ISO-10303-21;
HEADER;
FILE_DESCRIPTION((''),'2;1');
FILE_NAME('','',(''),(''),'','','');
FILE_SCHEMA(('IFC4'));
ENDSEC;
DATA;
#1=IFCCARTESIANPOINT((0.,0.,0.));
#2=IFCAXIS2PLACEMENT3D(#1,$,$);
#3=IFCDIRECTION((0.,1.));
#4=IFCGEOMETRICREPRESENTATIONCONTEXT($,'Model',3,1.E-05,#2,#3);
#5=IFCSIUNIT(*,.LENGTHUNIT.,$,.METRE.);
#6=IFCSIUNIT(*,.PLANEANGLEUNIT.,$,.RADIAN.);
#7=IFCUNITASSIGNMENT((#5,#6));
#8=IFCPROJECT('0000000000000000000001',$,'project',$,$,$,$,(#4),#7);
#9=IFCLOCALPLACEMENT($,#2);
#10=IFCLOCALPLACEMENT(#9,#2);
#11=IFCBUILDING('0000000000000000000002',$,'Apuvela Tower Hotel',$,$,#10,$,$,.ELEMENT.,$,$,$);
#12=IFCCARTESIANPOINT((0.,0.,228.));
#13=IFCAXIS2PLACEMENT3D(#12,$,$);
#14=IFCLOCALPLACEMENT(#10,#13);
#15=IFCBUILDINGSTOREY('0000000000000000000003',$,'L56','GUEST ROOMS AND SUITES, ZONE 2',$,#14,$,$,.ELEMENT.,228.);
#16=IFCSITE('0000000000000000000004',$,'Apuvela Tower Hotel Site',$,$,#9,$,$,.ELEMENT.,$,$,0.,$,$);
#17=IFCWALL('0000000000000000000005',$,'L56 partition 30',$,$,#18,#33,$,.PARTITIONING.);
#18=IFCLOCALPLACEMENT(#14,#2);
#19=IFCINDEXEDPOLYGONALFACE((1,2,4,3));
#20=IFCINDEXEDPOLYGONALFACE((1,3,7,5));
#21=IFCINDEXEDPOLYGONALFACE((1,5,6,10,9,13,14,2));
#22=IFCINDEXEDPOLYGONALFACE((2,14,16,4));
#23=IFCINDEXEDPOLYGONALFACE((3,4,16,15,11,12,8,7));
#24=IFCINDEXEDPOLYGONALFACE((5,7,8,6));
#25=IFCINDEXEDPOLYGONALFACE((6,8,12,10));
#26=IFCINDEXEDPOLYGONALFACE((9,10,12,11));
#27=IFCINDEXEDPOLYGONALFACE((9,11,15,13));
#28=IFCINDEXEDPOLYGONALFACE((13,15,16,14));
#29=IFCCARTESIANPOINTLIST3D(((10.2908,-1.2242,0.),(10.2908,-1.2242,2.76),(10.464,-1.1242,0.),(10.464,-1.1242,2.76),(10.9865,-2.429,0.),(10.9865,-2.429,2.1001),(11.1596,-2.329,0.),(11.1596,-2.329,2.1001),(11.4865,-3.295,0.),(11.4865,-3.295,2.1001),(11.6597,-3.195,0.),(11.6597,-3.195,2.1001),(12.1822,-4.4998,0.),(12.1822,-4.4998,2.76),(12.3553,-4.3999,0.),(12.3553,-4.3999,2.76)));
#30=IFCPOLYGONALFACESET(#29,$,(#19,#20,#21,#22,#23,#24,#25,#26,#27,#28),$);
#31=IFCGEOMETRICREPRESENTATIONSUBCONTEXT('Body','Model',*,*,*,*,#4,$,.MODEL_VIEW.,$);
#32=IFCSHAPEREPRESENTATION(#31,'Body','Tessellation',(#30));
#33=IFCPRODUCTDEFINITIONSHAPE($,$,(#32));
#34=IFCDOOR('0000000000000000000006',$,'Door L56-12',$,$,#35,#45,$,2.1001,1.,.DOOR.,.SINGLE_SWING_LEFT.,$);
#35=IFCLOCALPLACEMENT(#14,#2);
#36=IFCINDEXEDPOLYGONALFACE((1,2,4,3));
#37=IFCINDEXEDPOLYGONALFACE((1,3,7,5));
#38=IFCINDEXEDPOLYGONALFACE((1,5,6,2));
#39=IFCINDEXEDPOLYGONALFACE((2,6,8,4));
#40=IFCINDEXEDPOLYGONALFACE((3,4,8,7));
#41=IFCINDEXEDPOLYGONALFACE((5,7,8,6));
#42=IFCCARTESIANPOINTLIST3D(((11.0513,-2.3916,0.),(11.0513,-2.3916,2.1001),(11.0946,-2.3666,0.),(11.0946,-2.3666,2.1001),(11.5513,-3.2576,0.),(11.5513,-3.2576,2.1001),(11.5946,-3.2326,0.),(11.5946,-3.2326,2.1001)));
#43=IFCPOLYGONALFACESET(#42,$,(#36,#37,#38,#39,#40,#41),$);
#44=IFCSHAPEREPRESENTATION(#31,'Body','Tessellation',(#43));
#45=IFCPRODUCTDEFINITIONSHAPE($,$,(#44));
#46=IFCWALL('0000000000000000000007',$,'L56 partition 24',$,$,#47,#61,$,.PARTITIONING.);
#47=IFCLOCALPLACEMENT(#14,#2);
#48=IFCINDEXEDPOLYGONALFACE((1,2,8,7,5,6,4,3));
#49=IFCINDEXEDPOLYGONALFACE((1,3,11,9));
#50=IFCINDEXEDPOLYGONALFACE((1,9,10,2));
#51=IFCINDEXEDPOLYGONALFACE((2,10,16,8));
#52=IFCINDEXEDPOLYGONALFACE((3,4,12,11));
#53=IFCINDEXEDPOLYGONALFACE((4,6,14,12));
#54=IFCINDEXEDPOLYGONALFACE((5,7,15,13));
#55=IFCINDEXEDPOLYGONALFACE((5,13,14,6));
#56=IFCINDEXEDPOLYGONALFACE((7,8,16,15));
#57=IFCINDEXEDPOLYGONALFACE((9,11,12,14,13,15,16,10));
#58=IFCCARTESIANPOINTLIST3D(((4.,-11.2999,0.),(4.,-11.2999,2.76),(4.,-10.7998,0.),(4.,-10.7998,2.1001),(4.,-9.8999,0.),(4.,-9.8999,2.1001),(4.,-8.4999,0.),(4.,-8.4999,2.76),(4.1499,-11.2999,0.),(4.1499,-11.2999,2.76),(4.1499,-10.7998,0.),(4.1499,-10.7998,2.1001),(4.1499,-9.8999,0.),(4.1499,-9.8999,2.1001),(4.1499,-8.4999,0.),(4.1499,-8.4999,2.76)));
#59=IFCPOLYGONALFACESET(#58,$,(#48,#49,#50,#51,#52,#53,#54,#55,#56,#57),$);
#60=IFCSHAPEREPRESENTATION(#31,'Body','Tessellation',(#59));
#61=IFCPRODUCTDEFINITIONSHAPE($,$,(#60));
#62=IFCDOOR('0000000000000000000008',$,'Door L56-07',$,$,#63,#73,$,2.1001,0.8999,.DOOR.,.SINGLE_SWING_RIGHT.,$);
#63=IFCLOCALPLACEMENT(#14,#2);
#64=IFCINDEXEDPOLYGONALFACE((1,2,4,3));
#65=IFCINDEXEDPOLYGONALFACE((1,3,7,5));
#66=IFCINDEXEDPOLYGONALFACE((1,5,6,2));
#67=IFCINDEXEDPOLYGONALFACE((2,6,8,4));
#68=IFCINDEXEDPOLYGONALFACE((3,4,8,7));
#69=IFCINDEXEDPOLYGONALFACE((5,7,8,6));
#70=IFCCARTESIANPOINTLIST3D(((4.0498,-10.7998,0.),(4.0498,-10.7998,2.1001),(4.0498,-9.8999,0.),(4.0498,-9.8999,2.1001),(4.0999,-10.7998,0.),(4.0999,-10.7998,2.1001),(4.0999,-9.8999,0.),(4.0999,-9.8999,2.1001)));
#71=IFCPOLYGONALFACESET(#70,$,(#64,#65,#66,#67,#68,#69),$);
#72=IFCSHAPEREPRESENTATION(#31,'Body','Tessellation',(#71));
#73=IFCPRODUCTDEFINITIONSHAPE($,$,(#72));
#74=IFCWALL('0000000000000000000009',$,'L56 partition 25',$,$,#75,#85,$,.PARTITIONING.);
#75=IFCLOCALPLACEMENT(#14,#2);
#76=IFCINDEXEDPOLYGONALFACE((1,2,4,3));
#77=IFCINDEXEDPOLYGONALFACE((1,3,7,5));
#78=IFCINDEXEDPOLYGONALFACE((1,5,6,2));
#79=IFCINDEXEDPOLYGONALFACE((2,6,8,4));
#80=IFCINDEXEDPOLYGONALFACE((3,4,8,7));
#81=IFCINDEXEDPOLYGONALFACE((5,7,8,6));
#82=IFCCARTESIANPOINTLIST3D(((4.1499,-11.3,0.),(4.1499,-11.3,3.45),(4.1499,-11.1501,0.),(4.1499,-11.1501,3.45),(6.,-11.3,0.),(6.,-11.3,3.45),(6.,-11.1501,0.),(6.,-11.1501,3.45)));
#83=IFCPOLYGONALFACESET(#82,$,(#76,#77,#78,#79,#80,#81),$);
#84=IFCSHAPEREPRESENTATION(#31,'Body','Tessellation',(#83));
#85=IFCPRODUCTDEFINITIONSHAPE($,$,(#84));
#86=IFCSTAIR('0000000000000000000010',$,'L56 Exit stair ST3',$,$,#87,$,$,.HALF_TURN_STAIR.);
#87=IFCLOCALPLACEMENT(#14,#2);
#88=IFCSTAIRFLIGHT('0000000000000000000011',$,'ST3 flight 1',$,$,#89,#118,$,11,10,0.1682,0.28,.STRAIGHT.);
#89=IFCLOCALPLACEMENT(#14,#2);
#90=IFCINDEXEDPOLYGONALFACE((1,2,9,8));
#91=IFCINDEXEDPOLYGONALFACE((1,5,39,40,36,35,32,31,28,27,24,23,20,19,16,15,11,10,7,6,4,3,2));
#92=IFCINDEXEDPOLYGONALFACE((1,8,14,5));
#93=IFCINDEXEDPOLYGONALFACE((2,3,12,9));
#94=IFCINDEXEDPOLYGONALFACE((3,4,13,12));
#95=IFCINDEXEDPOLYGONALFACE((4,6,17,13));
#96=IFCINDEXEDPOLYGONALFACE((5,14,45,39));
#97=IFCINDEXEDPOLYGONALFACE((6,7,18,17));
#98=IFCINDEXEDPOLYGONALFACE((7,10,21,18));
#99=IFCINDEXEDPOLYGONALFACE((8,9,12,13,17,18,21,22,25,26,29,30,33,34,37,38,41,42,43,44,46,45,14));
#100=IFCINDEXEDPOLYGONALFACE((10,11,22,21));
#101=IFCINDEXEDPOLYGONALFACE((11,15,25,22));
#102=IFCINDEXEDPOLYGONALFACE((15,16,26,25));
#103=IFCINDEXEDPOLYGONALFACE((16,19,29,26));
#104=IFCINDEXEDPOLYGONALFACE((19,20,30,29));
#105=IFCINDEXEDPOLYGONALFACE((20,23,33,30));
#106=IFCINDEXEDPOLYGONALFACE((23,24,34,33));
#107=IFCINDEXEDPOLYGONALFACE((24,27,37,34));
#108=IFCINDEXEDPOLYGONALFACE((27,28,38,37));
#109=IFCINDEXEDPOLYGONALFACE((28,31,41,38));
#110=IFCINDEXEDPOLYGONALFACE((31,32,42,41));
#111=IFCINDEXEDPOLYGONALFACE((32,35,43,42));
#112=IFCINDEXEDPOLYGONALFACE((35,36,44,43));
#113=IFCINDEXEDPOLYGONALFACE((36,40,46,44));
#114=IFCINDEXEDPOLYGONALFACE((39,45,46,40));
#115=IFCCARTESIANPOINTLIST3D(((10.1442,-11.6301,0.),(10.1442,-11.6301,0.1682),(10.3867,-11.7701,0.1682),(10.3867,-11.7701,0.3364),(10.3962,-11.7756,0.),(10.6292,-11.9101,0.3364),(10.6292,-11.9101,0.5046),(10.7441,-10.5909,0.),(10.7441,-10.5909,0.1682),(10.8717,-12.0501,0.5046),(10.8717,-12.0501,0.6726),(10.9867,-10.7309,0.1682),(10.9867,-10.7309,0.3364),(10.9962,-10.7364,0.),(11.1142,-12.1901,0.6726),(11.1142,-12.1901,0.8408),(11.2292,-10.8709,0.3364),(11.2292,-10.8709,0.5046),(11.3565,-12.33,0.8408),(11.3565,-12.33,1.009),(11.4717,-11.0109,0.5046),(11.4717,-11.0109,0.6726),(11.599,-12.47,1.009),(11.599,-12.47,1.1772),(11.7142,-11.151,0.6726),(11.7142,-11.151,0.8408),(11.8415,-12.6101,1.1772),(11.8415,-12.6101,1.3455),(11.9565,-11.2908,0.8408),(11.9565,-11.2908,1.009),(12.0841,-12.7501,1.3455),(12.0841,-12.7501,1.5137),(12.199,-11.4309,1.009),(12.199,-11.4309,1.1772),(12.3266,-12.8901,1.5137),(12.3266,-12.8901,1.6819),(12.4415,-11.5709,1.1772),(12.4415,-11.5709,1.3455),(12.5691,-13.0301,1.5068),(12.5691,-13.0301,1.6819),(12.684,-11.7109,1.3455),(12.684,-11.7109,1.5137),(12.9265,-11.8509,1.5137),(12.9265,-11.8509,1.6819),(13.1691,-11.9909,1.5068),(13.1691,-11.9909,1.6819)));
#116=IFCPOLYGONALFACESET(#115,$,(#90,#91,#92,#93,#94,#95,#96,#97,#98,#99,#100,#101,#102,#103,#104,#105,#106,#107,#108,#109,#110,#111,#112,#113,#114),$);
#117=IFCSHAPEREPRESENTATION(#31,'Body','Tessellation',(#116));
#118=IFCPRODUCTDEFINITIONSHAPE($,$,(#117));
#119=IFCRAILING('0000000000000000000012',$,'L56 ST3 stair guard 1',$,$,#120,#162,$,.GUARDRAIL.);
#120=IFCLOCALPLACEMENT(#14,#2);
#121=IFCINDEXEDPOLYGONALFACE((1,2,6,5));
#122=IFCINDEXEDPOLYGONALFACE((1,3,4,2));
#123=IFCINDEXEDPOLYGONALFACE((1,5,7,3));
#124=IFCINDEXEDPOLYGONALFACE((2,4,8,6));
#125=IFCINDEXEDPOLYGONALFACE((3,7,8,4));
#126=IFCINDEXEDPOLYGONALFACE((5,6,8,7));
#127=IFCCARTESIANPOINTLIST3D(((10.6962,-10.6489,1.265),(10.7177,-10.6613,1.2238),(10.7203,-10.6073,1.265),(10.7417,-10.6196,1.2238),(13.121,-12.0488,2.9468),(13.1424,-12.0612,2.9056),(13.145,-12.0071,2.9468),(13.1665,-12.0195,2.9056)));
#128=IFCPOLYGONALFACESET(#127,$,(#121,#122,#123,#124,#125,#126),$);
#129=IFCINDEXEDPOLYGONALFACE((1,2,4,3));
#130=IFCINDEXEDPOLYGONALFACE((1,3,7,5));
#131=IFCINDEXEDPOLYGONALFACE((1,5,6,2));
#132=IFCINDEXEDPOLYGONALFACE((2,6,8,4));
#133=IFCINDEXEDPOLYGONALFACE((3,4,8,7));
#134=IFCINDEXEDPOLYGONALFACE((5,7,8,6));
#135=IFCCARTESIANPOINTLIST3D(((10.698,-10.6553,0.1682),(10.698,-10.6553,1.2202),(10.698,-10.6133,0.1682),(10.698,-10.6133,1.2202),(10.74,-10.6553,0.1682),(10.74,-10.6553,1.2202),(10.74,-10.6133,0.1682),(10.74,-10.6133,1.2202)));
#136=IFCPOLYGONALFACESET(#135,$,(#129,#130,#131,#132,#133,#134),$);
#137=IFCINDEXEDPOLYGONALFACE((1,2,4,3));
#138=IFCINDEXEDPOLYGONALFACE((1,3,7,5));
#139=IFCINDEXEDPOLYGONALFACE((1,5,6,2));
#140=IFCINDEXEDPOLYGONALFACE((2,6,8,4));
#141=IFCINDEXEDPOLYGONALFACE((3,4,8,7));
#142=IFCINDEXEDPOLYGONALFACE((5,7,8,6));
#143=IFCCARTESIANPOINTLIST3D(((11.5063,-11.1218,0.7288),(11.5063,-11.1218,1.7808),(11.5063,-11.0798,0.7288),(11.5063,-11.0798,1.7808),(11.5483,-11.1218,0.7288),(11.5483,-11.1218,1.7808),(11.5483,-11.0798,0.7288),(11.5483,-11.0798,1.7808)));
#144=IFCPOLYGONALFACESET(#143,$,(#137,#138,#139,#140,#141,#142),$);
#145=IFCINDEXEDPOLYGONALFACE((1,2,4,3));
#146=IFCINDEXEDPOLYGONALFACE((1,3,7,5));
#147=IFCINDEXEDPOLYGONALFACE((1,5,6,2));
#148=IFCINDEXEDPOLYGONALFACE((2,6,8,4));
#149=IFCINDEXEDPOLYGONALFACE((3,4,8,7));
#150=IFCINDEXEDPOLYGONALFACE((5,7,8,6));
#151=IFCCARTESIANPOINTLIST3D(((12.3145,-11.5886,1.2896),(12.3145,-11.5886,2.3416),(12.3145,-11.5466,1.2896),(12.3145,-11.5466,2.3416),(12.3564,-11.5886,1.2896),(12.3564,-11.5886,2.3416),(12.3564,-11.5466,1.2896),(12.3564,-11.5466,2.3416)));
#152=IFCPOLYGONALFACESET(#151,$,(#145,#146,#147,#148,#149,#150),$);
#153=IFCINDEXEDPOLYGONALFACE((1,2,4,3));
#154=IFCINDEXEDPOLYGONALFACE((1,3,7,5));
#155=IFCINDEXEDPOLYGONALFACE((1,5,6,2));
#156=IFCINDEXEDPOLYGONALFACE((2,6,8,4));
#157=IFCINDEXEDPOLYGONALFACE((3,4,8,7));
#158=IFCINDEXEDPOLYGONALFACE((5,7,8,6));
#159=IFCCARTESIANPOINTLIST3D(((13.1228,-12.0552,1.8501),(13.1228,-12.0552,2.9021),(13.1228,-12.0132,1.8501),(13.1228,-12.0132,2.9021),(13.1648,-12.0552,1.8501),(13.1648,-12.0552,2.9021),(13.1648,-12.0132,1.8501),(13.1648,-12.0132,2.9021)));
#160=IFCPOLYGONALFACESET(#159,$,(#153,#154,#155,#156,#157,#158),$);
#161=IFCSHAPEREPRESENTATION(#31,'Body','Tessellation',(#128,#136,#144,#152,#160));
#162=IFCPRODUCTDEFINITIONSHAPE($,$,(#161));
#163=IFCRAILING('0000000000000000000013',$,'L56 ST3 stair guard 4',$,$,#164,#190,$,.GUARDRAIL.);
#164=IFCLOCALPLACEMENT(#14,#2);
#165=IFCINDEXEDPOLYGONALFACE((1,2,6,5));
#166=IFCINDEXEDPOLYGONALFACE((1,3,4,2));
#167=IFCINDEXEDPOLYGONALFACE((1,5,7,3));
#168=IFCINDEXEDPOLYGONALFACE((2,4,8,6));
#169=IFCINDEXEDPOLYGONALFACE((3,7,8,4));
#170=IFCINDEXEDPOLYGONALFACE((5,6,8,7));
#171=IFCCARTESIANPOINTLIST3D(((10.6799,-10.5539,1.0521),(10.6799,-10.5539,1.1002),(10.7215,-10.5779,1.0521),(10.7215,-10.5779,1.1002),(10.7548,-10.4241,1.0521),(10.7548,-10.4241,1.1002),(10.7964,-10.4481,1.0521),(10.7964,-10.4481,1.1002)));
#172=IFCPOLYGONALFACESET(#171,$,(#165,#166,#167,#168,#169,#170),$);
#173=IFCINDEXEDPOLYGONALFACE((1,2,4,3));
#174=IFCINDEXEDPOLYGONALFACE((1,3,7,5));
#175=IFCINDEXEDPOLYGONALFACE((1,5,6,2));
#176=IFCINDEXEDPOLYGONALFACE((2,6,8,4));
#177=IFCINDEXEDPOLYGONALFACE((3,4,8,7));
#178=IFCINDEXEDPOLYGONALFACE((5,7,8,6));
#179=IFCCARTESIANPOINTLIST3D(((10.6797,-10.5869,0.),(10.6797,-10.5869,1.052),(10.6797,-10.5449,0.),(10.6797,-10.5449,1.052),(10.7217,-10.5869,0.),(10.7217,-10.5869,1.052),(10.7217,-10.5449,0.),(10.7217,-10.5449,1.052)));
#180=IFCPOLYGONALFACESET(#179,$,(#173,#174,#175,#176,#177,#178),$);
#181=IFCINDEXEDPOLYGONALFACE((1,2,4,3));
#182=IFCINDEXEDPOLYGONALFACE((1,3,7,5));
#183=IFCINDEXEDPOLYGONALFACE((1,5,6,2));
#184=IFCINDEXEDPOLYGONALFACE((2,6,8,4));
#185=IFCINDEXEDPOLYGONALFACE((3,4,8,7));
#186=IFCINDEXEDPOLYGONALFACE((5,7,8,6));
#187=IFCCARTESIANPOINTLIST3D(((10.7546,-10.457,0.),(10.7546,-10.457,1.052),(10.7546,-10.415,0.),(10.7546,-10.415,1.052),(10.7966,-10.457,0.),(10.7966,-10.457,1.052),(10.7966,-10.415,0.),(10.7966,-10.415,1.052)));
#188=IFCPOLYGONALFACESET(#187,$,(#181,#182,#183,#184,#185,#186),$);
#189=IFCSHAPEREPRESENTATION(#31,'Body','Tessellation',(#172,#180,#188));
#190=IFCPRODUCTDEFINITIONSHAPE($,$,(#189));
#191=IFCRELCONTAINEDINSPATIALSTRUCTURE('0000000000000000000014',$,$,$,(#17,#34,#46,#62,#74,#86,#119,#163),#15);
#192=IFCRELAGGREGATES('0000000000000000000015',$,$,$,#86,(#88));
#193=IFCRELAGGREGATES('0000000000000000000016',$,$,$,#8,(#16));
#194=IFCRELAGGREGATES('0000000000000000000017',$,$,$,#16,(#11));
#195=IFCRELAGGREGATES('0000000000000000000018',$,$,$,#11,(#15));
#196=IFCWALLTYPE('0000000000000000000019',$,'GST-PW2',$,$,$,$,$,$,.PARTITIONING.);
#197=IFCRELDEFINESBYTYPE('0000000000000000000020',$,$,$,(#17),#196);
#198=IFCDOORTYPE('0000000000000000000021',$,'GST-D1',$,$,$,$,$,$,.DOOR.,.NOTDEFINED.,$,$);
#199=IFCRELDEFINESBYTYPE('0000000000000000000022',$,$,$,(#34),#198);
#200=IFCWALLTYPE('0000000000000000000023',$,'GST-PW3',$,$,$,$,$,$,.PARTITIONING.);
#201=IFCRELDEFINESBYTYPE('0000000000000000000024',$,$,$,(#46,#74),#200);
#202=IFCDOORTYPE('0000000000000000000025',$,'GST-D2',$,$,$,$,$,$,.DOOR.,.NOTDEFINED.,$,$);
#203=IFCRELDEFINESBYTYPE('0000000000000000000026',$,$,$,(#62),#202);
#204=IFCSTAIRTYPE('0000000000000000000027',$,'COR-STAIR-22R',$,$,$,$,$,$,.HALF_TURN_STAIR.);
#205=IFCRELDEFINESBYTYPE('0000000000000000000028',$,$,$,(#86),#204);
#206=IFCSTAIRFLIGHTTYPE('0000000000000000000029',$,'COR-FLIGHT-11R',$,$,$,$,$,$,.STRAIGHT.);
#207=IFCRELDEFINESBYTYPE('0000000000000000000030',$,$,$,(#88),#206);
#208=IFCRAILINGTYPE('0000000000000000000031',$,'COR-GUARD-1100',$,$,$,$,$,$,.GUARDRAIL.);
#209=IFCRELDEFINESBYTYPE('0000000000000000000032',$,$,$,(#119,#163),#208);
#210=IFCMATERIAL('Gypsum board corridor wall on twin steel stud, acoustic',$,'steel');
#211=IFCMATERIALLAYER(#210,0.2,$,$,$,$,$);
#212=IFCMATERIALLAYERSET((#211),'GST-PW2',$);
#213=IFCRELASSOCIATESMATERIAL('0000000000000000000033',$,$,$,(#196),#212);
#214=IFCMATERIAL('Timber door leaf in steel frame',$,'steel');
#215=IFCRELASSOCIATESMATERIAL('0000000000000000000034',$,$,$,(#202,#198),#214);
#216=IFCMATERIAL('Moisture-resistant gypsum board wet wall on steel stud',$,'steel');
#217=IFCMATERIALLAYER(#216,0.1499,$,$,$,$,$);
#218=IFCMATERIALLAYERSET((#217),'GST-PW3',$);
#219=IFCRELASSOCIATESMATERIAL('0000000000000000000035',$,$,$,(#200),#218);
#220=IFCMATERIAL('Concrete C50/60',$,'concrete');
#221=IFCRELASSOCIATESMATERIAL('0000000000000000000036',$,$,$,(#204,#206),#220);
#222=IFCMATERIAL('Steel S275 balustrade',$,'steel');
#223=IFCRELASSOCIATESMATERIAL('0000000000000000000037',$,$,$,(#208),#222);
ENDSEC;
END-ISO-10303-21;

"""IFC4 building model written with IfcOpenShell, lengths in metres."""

from ifc_helpers import new_model, si_unit, direction, frame, frame_2d, origin, origin_2d, place, context, subcontext, project, spatial, polyline, rectangle, outline, extrude, material, layer, layer_set, type_object, element, fill, aggregate, save


model = new_model("IFC4")

# Units and contexts
model_context = context("Model", 3, precision=1e-05, world=origin(), true_north=direction((0.0, 1.0)))
body_context = subcontext(model_context, "Body", "Model", "MODEL_VIEW")
ifc_project = project(units=[si_unit("LENGTHUNIT", "METRE"), si_unit("PLANEANGLEUNIT", "RADIAN")], contexts=[model_context])

# Site, building, storey
site_placement = place(None, origin())
site = spatial("IfcSite", under=ifc_project, at=site_placement, Name="Apuvela Tower Hotel Site", CompositionType="ELEMENT", RefElevation=0.0)
building_placement = place(site_placement, origin())
building = spatial("IfcBuilding", under=site, at=building_placement, Name="Apuvela Tower Hotel", CompositionType="ELEMENT")
storey_placement = place(building_placement, frame((0.0, 0.0, 228.0)))
storey = spatial("IfcBuildingStorey", under=building, at=storey_placement, Name="L56", Description="GUEST ROOMS AND SUITES, ZONE 2", CompositionType="ELEMENT", Elevation=228.0)

# Shared definitions
ifc_material_1 = material(Name="Concrete C50/60", Category="concrete")

# Walls, openings, doors
ifc_material_2 = material(Name="Gypsum board corridor wall on twin steel stud, acoustic", Category="steel")
ifc_layer_1 = layer(ifc_material_2, 0.2)
ifc_layer_set_1 = layer_set([ifc_layer_1], Name="GST-PW2")
wall_type_1 = type_object("IfcWallType", Name="GST-PW2", PredefinedType="PARTITIONING", material=ifc_layer_set_1)
ifc_material_3 = material(Name="Timber door leaf in steel frame", Category="steel")
door_type_1 = type_object("IfcDoorType", Name="GST-D2", OperationType="NOTDEFINED", PredefinedType="DOOR", material=ifc_material_3)
door_type_2 = type_object("IfcDoorType", Name="GST-D1", OperationType="NOTDEFINED", PredefinedType="DOOR", material=ifc_material_3)
wall_1_placement = place(storey_placement, frame((10.3774, -1.1743, 0.0), z_axis=(0.0, 0.0, 1.0), x_axis=(0.500033, -0.866006, 0.0)))
wall_1 = element("IfcWall", 1, at=wall_1_placement, inside=storey, type_object=wall_type_1, Name="L56 partition 30", PredefinedType="PARTITIONING", context=body_context, shape_type="SweptSolid", body=[
    extrude(rectangle(XDim=3.7825, YDim=0.2, at=frame_2d((1.8911, 0.0))), origin(), (0.0, 0.0, 1.0), 2.76),
])
opening_1_placement = place(wall_1_placement, frame((1.3911, 0.0, 0.0)))
opening_1 = element("IfcOpeningElement", 2, at=opening_1_placement, cuts=wall_1, PredefinedType="OPENING", context=body_context, shape_type="SweptSolid", body=[
    extrude(rectangle(XDim=1.0, YDim=2.1001, at=frame_2d((0.5, 1.05))), frame((0.0, 0.1099, 0.0), z_axis=(0.0, -1.0, 0.0), x_axis=(1.0, 0.0, 0.0)), (0.0, 0.0, 1.0), 0.22),
])
door_1_placement = place(opening_1_placement, origin())
door_1 = element("IfcDoor", 3, at=door_1_placement, inside=storey, type_object=door_type_2, Name="Door L56-12", OperationType="SINGLE_SWING_LEFT", OverallHeight=2.1001, OverallWidth=1.0, PredefinedType="DOOR", context=body_context, shape_type="SweptSolid", body=[
    extrude(rectangle(XDim=1.0, YDim=2.1001, at=frame_2d((0.5, 1.05))), frame((0.0, 0.0249, 0.0), z_axis=(0.0, -1.0, 0.0), x_axis=(1.0, 0.0, 0.0)), (0.0, 0.0, 1.0), 0.05),
])
fill(opening_1, door_1)
ifc_material_4 = material(Name="Moisture-resistant gypsum board wet wall on steel stud", Category="steel")
ifc_layer_2 = layer(ifc_material_4, 0.1499)
ifc_layer_set_2 = layer_set([ifc_layer_2], Name="GST-PW3")
wall_type_2 = type_object("IfcWallType", Name="GST-PW3", PredefinedType="PARTITIONING", material=ifc_layer_set_2)
wall_2_placement = place(storey_placement, frame((4.075, -8.5, 0.0), z_axis=(0.0, 0.0, 1.0), x_axis=(0.0, -1.0, 0.0)))
wall_2 = element("IfcWall", 4, at=wall_2_placement, inside=storey, type_object=wall_type_2, Name="L56 partition 24", PredefinedType="PARTITIONING", context=body_context, shape_type="SweptSolid", body=[
    extrude(rectangle(XDim=2.8, YDim=0.1499, at=frame_2d((1.3999, 0.0))), origin(), (0.0, 0.0, 1.0), 2.76),
])
opening_2_placement = place(wall_2_placement, frame((1.3999, 0.0, 0.0)))
opening_2 = element("IfcOpeningElement", 5, at=opening_2_placement, cuts=wall_2, PredefinedType="OPENING", context=body_context, shape_type="SweptSolid", body=[
    extrude(rectangle(XDim=0.8999, YDim=2.1001, at=frame_2d((0.45, 1.05))), frame((0.0, 0.085, 0.0), z_axis=(0.0, -1.0, 0.0), x_axis=(1.0, 0.0, 0.0)), (0.0, 0.0, 1.0), 0.1699),
])
door_2_placement = place(opening_2_placement, origin())
door_2 = element("IfcDoor", 6, at=door_2_placement, inside=storey, type_object=door_type_1, Name="Door L56-07", OperationType="SINGLE_SWING_RIGHT", OverallHeight=2.1001, OverallWidth=0.8999, PredefinedType="DOOR", context=body_context, shape_type="SweptSolid", body=[
    extrude(rectangle(XDim=0.8999, YDim=2.1001, at=frame_2d((0.45, 1.05))), frame((0.0, 0.0249, 0.0), z_axis=(0.0, -1.0, 0.0), x_axis=(1.0, 0.0, 0.0)), (0.0, 0.0, 1.0), 0.05),
])
fill(opening_2, door_2)

# Wall
wall_3_placement = place(storey_placement, frame((4.1499, -11.2251, 0.0), z_axis=(0.0, 0.0, 1.0), x_axis=(1.0, 0.0, 0.0)))
element("IfcWall", 7, at=wall_3_placement, inside=storey, type_object=wall_type_2, Name="L56 partition 25", PredefinedType="PARTITIONING", context=body_context, shape_type="SweptSolid", body=[
    extrude(rectangle(XDim=1.8501, YDim=0.1499, at=frame_2d((0.925, 0.0))), origin(), (0.0, 0.0, 1.0), 3.45),
])

# Stair, stair flight
stair_type = type_object("IfcStairType", Name="COR-STAIR-22R", PredefinedType="HALF_TURN_STAIR", material=ifc_material_1)
stair_placement = place(storey_placement, origin())
stair = element("IfcStair", 8, at=stair_placement, inside=storey, type_object=stair_type, Name="L56 Exit stair ST3", PredefinedType="HALF_TURN_STAIR")
stair_flight_type = type_object("IfcStairFlightType", Name="COR-FLIGHT-11R", PredefinedType="STRAIGHT", material=ifc_material_1)
stair_flight_placement = place(storey_placement, frame((10.4441, -11.1106, 0.0), z_axis=(0.0, 0.0, 1.0), x_axis=(0.866025, -0.5, 0.0)))
stair_flight = element("IfcStairFlight", 9, at=stair_flight_placement, type_object=stair_flight_type, Name="ST3 flight 1", NumberOfRisers=11, NumberOfTreads=10, PredefinedType="STRAIGHT", RiserHeight=0.1682, TreadLength=0.28, context=body_context, shape_type="SweptSolid", body=[
    extrude(outline(polyline([(0.0, 0.0), (0.0, 0.1682), (0.28, 0.1682), (0.28, 0.3364), (0.5601, 0.3364), (0.5601, 0.5046), (0.8401, 0.5046), (0.8401, 0.6726), (1.1201, 0.6726), (1.1201, 0.8408), (1.3999, 0.8408), (1.3999, 1.009), (1.6799, 1.009), (1.6799, 1.1772), (1.96, 1.1772), (1.96, 1.3455), (2.24, 1.3455), (2.24, 1.5137), (2.52, 1.5137), (2.52, 1.6819), (2.8, 1.6819), (2.8, 1.8501), (2.8, 1.5068), (0.291, 0.0), (0.0, 0.0)])), frame((0.0, 0.6001, 0.0), z_axis=(0.0, -1.0, 0.0), x_axis=(1.0, 0.0, 0.0)), (0.0, 0.0, 1.0), 1.2),
])
aggregate(stair, [stair_flight])

# Railings
ifc_material_5 = material(Name="Steel S275 balustrade", Category="steel")
railing_type_1 = type_object("IfcRailingType", Name="COR-GUARD-1100", PredefinedType="GUARDRAIL", material=ifc_material_5)
railing_1_placement = place(storey_placement, frame((10.719, -10.6343, 0.1682)))
element("IfcRailing", 10, at=railing_1_placement, inside=storey, type_object=railing_type_1, Name="L56 ST3 stair guard 1", PredefinedType="GUARDRAIL", context=body_context, shape_type="SweptSolid", body=[
    extrude(rectangle(XDim=0.0481, YDim=0.0481, at=origin_2d()), frame((0.0, 0.0, 1.0762), z_axis=(0.74239, -0.428601, 0.514934), x_axis=(0.499984, 0.866035, 0.0)), (0.0, 0.0, 1.0), 3.2661),
    extrude(rectangle(XDim=0.042, YDim=0.042, at=origin_2d()), origin(), (0.0, 0.0, 1.0), 1.052),
    extrude(rectangle(XDim=0.042, YDim=0.042, at=origin_2d()), frame((0.8083, -0.4666, 0.5605)), (0.0, 0.0, 1.0), 1.052),
    extrude(rectangle(XDim=0.042, YDim=0.042, at=origin_2d()), frame((1.6165, -0.9333, 1.1213)), (0.0, 0.0, 1.0), 1.052),
    extrude(rectangle(XDim=0.042, YDim=0.042, at=origin_2d()), frame((2.4248, -1.3999, 1.6819)), (0.0, 0.0, 1.0), 1.052),
])
railing_2_placement = place(storey_placement, frame((10.7007, -10.5659, 0.0)))
element("IfcRailing", 11, at=railing_2_placement, inside=storey, type_object=railing_type_1, Name="L56 ST3 stair guard 4", PredefinedType="GUARDRAIL", context=body_context, shape_type="SweptSolid", body=[
    extrude(rectangle(XDim=0.0481, YDim=0.0481, at=origin_2d()), frame((0.0, 0.0, 1.0762), z_axis=(0.499816, 0.866131, 0.0), x_axis=(-0.866131, 0.499816, 0.0)), (0.0, 0.0, 1.0), 0.1499),
    extrude(rectangle(XDim=0.042, YDim=0.042, at=origin_2d()), origin(), (0.0, 0.0, 1.0), 1.052),
    extrude(rectangle(XDim=0.042, YDim=0.042, at=origin_2d()), frame((0.075, 0.1299, 0.0)), (0.0, 0.0, 1.0), 1.052),
])

save(model, "model.ifc")
